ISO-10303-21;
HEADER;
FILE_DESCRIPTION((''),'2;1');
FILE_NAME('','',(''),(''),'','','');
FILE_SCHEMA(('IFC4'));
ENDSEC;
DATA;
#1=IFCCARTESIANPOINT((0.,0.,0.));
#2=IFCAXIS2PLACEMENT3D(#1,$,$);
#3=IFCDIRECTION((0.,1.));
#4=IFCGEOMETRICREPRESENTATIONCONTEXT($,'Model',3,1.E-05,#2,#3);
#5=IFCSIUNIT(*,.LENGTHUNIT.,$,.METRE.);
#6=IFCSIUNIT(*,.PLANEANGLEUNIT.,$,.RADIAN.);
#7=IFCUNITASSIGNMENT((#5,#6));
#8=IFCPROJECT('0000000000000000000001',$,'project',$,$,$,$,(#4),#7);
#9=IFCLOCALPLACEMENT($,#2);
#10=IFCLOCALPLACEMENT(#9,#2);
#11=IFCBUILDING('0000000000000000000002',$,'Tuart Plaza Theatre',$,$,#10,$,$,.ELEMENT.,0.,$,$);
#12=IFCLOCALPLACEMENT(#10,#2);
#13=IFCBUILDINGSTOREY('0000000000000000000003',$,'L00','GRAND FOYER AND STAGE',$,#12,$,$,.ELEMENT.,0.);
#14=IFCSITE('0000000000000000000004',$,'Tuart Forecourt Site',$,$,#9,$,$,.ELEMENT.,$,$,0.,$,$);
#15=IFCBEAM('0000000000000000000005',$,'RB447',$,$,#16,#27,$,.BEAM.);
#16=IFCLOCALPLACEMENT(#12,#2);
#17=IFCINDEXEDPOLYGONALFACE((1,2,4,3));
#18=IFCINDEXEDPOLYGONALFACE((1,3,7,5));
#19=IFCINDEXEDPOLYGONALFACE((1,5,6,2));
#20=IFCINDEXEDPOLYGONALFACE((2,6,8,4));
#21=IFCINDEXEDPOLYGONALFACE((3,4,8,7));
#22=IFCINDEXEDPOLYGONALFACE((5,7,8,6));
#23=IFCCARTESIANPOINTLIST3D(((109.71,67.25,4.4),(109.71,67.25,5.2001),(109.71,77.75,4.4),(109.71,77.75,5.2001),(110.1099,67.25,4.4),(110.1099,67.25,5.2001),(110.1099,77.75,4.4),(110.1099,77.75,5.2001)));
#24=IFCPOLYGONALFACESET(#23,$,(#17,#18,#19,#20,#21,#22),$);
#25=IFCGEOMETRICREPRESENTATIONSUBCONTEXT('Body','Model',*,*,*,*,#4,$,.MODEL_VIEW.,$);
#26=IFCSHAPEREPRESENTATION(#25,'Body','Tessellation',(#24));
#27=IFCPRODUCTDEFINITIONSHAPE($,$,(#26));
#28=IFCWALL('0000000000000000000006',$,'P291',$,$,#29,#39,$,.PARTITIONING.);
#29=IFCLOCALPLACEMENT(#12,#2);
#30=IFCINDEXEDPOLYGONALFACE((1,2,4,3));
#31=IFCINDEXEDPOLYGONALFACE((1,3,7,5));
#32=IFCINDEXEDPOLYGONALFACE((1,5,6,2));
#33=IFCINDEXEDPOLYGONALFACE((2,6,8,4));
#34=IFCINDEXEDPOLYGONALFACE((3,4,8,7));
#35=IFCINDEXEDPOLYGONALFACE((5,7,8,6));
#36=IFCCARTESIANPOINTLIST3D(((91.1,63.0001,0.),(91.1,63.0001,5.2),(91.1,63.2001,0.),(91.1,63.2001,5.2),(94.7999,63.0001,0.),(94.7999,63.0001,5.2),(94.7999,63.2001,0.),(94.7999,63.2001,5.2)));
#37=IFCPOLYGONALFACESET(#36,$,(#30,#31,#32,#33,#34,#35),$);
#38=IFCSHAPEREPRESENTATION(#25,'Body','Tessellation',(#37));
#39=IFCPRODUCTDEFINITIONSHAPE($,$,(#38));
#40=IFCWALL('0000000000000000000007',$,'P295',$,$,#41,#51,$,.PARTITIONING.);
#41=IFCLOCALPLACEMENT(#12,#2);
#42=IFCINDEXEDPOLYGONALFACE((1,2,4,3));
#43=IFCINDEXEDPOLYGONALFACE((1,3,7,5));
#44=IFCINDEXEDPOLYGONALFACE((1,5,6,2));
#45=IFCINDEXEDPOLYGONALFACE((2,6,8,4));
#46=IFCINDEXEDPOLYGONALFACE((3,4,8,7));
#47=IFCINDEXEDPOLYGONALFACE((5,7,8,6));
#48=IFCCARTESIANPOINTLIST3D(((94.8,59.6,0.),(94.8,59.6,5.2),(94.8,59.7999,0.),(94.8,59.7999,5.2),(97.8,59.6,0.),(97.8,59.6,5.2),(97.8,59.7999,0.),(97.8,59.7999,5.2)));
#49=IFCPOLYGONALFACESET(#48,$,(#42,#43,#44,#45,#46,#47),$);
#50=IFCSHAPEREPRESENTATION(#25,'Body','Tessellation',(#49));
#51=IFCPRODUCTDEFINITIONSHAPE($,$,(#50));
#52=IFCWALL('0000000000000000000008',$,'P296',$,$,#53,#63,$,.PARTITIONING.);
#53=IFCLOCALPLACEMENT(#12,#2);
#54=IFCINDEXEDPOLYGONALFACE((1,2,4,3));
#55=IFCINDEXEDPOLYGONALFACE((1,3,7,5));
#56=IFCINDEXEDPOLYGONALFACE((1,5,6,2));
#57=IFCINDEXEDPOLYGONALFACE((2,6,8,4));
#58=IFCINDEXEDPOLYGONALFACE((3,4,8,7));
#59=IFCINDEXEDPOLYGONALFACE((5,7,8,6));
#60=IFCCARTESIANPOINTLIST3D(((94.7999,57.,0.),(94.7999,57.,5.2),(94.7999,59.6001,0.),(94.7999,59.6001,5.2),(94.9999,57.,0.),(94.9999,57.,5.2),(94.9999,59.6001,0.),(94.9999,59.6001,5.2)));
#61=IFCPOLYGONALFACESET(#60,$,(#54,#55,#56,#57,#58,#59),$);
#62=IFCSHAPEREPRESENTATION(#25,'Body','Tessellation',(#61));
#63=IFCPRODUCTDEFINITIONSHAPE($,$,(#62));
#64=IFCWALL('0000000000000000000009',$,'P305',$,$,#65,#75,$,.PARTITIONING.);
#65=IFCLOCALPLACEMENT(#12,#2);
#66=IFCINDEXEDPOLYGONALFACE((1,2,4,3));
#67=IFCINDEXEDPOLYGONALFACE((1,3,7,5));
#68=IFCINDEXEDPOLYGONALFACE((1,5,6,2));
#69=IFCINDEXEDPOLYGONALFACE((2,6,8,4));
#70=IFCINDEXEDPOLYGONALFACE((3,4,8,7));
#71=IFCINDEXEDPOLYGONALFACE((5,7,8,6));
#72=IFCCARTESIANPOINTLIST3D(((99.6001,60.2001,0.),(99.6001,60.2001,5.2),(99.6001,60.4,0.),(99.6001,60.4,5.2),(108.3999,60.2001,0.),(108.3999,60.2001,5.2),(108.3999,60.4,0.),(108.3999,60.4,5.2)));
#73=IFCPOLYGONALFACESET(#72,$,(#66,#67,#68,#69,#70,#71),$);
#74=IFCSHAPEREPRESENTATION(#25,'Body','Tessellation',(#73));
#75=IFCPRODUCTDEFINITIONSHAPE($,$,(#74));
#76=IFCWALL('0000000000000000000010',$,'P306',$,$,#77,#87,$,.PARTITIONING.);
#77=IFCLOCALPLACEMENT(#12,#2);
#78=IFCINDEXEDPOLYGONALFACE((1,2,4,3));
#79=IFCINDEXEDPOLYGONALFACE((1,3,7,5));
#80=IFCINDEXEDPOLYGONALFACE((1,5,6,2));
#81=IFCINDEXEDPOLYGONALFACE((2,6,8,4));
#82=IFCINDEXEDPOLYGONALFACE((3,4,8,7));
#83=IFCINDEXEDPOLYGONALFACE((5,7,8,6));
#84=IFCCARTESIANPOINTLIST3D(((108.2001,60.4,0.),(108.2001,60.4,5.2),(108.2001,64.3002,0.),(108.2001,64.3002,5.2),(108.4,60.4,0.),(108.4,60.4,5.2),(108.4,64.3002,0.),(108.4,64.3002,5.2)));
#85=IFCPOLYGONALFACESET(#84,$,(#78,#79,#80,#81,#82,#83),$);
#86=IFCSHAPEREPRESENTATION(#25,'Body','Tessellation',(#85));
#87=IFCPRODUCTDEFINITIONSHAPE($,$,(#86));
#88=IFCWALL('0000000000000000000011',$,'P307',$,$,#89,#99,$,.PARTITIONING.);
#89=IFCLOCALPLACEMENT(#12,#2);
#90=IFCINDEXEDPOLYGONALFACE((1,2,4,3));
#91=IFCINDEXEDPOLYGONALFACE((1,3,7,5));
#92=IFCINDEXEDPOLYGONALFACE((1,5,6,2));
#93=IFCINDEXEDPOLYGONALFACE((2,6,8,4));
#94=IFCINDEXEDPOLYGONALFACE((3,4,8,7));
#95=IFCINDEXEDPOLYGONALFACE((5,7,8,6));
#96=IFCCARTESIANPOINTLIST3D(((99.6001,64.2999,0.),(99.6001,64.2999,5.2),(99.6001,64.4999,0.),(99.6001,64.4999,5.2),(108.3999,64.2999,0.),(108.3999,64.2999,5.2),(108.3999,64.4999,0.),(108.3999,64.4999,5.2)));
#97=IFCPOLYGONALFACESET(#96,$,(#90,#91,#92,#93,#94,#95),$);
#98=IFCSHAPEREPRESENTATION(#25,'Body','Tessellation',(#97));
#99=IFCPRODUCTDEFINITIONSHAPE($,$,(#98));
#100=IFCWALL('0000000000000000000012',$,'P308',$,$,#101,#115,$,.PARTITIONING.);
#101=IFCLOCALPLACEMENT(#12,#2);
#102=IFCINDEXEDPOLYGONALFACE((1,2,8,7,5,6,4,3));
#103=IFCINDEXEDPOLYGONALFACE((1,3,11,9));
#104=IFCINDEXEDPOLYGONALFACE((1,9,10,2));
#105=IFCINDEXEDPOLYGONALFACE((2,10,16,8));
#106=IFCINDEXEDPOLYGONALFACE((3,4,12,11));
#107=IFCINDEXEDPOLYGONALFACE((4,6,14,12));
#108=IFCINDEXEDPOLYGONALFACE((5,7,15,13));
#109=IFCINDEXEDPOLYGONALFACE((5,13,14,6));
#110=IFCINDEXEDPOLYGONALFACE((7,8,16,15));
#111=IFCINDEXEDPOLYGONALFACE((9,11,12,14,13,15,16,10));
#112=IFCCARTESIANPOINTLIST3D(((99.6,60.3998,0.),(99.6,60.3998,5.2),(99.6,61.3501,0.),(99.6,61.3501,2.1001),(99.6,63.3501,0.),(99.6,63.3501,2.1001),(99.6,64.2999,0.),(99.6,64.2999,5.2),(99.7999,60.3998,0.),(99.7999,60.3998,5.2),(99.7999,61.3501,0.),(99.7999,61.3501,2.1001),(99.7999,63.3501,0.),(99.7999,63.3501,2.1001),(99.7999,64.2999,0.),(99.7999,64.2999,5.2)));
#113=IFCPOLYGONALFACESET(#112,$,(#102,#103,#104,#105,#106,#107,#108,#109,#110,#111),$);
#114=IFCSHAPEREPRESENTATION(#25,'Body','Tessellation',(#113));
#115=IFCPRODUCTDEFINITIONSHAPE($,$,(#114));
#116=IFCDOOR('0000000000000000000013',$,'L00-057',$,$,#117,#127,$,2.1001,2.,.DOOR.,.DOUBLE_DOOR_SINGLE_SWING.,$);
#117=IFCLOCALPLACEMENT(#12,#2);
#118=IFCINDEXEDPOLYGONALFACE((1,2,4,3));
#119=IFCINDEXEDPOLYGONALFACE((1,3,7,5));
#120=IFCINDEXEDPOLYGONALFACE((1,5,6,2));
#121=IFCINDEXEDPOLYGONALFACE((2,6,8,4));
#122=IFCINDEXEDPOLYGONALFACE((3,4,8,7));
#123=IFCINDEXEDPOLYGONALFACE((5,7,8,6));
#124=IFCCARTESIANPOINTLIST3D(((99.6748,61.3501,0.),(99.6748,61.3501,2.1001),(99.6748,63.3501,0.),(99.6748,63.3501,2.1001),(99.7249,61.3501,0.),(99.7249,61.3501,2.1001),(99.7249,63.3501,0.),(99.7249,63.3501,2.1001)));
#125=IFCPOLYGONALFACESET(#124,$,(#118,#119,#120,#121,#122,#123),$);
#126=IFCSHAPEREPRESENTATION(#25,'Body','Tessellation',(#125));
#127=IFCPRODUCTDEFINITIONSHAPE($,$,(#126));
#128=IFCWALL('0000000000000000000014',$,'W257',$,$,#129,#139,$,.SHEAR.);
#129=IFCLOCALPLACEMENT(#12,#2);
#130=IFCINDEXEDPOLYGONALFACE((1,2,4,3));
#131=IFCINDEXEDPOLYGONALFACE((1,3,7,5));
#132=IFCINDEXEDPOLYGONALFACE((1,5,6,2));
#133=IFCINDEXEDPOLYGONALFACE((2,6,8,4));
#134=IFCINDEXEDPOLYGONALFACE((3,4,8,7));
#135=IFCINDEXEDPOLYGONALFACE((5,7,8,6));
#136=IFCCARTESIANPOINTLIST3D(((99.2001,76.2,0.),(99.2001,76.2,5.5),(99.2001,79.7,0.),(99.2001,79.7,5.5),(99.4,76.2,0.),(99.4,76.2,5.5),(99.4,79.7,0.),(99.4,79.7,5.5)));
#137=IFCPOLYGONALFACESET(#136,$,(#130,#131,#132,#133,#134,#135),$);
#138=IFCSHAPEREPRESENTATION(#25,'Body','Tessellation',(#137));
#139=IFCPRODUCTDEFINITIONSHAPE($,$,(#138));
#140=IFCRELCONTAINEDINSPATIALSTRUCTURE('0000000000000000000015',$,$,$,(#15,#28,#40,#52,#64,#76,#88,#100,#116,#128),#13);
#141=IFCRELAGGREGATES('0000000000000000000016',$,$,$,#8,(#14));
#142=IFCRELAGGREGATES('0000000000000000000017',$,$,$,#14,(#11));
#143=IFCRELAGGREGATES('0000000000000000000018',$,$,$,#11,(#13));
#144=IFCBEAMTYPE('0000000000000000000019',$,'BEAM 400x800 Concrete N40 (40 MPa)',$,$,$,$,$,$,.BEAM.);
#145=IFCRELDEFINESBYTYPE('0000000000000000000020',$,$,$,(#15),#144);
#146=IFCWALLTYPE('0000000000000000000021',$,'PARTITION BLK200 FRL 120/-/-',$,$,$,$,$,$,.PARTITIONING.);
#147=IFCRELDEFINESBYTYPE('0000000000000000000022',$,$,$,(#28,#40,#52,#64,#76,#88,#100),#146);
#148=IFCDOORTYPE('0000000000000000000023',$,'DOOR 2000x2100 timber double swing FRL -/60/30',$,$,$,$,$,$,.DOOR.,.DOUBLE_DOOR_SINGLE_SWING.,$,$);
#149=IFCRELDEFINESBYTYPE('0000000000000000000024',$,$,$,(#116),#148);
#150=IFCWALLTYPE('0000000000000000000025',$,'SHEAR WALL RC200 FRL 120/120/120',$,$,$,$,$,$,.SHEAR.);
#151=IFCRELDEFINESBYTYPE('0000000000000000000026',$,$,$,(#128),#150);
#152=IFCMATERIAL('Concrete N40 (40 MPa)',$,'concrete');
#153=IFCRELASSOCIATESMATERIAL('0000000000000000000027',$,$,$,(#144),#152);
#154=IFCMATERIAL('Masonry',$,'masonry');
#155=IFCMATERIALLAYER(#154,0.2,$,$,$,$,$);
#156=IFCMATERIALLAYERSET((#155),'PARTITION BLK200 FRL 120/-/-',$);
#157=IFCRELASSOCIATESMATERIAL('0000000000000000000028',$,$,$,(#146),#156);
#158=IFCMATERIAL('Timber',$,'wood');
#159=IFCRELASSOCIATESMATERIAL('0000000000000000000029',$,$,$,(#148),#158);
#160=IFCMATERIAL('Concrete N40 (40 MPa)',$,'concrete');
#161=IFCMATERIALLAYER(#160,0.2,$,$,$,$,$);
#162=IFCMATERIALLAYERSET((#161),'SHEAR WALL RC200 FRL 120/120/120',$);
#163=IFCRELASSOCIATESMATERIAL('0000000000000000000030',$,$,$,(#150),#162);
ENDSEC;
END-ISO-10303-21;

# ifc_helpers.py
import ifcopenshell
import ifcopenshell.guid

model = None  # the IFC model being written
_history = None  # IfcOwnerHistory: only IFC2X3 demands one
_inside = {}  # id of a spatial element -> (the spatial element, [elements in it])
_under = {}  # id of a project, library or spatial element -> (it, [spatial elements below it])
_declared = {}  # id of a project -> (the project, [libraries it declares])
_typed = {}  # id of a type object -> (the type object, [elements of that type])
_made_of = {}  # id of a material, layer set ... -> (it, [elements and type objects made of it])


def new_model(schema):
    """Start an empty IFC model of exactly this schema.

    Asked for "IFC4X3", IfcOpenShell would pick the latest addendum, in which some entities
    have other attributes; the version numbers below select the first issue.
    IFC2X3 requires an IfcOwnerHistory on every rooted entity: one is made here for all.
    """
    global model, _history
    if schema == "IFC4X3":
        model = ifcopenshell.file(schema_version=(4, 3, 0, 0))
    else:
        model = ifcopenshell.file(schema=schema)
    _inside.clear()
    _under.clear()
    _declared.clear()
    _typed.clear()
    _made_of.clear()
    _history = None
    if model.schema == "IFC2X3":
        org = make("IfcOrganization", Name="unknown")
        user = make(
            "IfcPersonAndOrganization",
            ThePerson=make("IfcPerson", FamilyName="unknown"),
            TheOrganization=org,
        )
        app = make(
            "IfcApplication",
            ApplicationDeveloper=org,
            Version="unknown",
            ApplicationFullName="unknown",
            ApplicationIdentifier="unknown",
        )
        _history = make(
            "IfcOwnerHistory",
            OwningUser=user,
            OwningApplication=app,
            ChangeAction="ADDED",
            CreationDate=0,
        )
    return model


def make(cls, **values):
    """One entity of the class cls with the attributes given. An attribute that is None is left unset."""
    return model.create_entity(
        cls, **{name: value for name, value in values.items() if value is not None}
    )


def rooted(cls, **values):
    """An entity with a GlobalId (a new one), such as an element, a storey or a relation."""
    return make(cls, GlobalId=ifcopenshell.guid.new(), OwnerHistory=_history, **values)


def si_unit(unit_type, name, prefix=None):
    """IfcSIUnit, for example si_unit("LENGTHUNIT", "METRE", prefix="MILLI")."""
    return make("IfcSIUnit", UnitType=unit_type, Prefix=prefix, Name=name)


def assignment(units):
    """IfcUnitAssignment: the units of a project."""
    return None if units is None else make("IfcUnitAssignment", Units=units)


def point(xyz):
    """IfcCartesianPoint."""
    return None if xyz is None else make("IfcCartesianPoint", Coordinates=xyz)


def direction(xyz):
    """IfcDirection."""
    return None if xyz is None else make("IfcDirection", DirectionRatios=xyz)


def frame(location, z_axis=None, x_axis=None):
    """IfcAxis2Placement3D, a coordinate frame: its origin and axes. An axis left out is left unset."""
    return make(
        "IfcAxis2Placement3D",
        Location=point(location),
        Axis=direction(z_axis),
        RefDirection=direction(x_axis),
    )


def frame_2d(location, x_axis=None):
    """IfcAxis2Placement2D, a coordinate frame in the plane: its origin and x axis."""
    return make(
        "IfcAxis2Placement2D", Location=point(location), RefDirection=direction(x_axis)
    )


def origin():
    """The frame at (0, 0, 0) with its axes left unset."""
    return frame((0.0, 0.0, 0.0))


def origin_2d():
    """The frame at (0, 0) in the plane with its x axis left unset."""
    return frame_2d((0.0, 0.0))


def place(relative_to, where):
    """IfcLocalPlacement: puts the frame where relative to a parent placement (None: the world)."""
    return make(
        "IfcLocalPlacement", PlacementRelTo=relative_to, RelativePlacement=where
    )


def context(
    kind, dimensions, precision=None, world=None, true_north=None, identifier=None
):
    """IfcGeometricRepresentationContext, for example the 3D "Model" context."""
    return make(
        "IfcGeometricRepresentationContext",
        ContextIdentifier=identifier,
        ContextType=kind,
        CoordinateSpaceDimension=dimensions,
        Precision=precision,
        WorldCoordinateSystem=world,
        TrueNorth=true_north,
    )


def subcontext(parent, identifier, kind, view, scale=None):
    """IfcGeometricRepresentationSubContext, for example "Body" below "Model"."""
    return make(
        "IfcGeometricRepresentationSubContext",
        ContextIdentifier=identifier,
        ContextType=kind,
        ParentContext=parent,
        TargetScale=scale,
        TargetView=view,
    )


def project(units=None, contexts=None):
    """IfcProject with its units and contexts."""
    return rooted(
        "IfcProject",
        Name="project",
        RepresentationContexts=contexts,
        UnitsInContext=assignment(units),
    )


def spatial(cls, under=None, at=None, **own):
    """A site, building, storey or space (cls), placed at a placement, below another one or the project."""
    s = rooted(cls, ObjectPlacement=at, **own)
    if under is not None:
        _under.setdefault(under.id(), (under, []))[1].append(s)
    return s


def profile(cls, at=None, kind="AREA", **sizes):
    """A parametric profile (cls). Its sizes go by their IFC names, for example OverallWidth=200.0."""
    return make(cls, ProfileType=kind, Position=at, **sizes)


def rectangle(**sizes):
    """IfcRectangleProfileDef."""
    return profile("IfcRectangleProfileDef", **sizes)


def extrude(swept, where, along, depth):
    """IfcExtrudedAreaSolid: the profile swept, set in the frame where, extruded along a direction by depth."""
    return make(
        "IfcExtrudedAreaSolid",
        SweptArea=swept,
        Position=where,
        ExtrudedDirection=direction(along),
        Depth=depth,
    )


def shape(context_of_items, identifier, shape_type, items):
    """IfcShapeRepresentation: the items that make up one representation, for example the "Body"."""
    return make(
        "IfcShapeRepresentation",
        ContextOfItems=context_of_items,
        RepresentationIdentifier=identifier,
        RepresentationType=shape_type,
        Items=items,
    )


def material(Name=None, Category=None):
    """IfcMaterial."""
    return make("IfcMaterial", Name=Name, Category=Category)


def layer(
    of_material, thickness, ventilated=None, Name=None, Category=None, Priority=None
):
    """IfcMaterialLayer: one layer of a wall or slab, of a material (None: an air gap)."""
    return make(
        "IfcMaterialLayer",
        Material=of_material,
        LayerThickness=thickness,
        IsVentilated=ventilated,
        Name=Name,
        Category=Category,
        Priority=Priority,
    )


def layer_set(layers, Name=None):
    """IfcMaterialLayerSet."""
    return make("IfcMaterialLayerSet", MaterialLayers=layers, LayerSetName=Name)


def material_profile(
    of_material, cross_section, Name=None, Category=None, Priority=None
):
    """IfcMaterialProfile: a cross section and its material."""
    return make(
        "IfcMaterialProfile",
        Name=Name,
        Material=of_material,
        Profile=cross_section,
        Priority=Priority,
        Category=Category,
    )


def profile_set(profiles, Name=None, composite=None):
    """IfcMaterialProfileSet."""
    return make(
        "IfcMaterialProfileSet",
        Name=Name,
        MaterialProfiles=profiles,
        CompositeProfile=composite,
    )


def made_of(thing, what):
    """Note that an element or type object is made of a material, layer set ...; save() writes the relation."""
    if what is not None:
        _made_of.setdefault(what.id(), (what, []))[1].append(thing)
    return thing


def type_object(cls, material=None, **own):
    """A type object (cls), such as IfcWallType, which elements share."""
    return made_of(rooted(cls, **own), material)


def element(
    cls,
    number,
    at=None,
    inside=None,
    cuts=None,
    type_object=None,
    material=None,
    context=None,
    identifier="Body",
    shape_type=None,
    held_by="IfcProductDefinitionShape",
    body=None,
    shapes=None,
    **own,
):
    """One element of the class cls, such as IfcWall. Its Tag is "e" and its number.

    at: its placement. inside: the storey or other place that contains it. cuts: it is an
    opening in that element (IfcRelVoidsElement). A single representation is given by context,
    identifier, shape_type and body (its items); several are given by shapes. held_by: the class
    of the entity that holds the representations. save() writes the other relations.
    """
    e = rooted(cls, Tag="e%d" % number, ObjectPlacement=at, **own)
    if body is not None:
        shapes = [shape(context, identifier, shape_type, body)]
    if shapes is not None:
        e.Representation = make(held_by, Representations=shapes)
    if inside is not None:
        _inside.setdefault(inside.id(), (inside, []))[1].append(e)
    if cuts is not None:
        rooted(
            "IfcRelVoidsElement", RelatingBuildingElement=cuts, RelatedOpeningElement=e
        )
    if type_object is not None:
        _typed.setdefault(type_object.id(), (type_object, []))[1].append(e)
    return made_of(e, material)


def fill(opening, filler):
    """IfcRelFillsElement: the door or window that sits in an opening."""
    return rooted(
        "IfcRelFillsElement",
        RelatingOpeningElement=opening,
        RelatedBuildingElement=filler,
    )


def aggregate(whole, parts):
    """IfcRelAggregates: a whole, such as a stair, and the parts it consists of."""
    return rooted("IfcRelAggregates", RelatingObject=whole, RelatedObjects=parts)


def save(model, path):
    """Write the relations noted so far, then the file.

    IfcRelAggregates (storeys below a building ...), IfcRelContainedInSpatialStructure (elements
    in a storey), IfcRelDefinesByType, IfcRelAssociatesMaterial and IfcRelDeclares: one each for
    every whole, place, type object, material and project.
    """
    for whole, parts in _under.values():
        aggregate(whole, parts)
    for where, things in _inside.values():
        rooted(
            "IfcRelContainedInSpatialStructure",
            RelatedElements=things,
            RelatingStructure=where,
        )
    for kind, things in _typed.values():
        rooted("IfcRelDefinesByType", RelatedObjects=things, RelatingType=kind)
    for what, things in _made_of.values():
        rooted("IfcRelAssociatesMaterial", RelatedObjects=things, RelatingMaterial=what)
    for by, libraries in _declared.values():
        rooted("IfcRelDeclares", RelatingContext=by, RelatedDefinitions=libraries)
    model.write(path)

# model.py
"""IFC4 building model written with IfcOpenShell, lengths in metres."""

from ifc_helpers import new_model, si_unit, direction, frame, frame_2d, origin, origin_2d, place, context, subcontext, project, spatial, rectangle, extrude, material, layer, layer_set, material_profile, profile_set, type_object, element, fill, save


model = new_model("IFC4")

# Units and contexts
model_context = context("Model", 3, precision=1e-05, world=origin(), true_north=direction((0.0, 1.0)))
body_context = subcontext(model_context, "Body", "Model", "MODEL_VIEW")
ifc_project = project(units=[si_unit("LENGTHUNIT", "METRE"), si_unit("PLANEANGLEUNIT", "RADIAN")], contexts=[model_context])

# Site, building, storey
site_placement = place(None, origin())
site = spatial("IfcSite", under=ifc_project, at=site_placement, Name="Tuart Forecourt Site", CompositionType="ELEMENT", RefElevation=0.0)
building_placement = place(site_placement, origin())
building = spatial("IfcBuilding", under=site, at=building_placement, Name="Tuart Plaza Theatre", CompositionType="ELEMENT", ElevationOfRefHeight=0.0)
storey_placement = place(building_placement, origin())
storey = spatial("IfcBuildingStorey", under=building, at=storey_placement, Name="L00", Description="GRAND FOYER AND STAGE", CompositionType="ELEMENT", Elevation=0.0)

# Beam
ifc_material_1 = material(Name="Concrete N40 (40 MPa)", Category="concrete")
ifc_material_profile_1 = material_profile(ifc_material_1, rectangle(XDim=0.3999, YDim=0.8, at=origin_2d()), Name="BEAM 400x800 Concrete N40 (40 MPa)")
ifc_profile_set_1 = profile_set([ifc_material_profile_1], Name="Concrete N40 (40 MPa)")
beam_type_1 = type_object("IfcBeamType", Name="BEAM 400x800 Concrete N40 (40 MPa)", PredefinedType="BEAM", material=ifc_profile_set_1)
beam_1_placement = place(storey_placement, frame((109.9099, 77.75, 4.8), z_axis=(0.0, -1.0, 0.0), x_axis=(1.0, 0.0, 0.0)))
element("IfcBeam", 1, at=beam_1_placement, inside=storey, type_object=beam_type_1, Name="RB447", PredefinedType="BEAM", context=body_context, shape_type="SweptSolid", body=[
    extrude(rectangle(XDim=0.3999, YDim=0.8, at=origin_2d()), origin(), (0.0, 0.0, 1.0), 10.5),
])

# Walls
ifc_material_2 = material(Name="Masonry", Category="masonry")
ifc_layer_1 = layer(ifc_material_2, 0.2)
ifc_layer_set_1 = layer_set([ifc_layer_1], Name="PARTITION BLK200 FRL 120/-/-")
wall_type_1 = type_object("IfcWallType", Name="PARTITION BLK200 FRL 120/-/-", PredefinedType="PARTITIONING", material=ifc_layer_set_1)
wall_1_placement = place(storey_placement, frame((94.8, 63.1001, 0.0), z_axis=(0.0, 0.0, 1.0), x_axis=(-1.0, 0.0, 0.0)))
element("IfcWall", 2, at=wall_1_placement, inside=storey, type_object=wall_type_1, Name="P291", PredefinedType="PARTITIONING", context=body_context, shape_type="SweptSolid", body=[
    extrude(rectangle(XDim=3.7, YDim=0.2, at=frame_2d((1.8501, 0.0))), origin(), (0.0, 0.0, 1.0), 5.2),
])
wall_2_placement = place(storey_placement, frame((97.8, 59.7, 0.0), z_axis=(0.0, 0.0, 1.0), x_axis=(-1.0, 0.0, 0.0)))
element("IfcWall", 3, at=wall_2_placement, inside=storey, type_object=wall_type_1, Name="P295", PredefinedType="PARTITIONING", context=body_context, shape_type="SweptSolid", body=[
    extrude(rectangle(XDim=3.0, YDim=0.2, at=frame_2d((1.5, 0.0))), origin(), (0.0, 0.0, 1.0), 5.2),
])
wall_3_placement = place(storey_placement, frame((94.8999, 59.6001, 0.0), z_axis=(0.0, 0.0, 1.0), x_axis=(0.0, -1.0, 0.0)))
element("IfcWall", 4, at=wall_3_placement, inside=storey, type_object=wall_type_1, Name="P296", PredefinedType="PARTITIONING", context=body_context, shape_type="SweptSolid", body=[
    extrude(rectangle(XDim=2.6001, YDim=0.2, at=frame_2d((1.3, 0.0))), origin(), (0.0, 0.0, 1.0), 5.2),
])
wall_4_placement = place(storey_placement, frame((99.6001, 60.3, 0.0), z_axis=(0.0, 0.0, 1.0), x_axis=(1.0, 0.0, 0.0)))
element("IfcWall", 5, at=wall_4_placement, inside=storey, type_object=wall_type_1, Name="P305", PredefinedType="PARTITIONING", context=body_context, shape_type="SweptSolid", body=[
    extrude(rectangle(XDim=8.7998, YDim=0.2, at=frame_2d((4.3999, 0.0))), origin(), (0.0, 0.0, 1.0), 5.2),
])
wall_5_placement = place(storey_placement, frame((108.3, 60.3999, 0.0), z_axis=(0.0, 0.0, 1.0), x_axis=(0.0, 1.0, 0.0)))
element("IfcWall", 6, at=wall_5_placement, inside=storey, type_object=wall_type_1, Name="P306", PredefinedType="PARTITIONING", context=body_context, shape_type="SweptSolid", body=[
    extrude(rectangle(XDim=3.9001, YDim=0.2, at=frame_2d((1.9502, 0.0))), origin(), (0.0, 0.0, 1.0), 5.2),
])
wall_6_placement = place(storey_placement, frame((108.3999, 64.3999, 0.0), z_axis=(0.0, 0.0, 1.0), x_axis=(-1.0, 0.0, 0.0)))
element("IfcWall", 7, at=wall_6_placement, inside=storey, type_object=wall_type_1, Name="P307", PredefinedType="PARTITIONING", context=body_context, shape_type="SweptSolid", body=[
    extrude(rectangle(XDim=8.7998, YDim=0.2, at=frame_2d((4.3999, 0.0))), origin(), (0.0, 0.0, 1.0), 5.2),
])

# Wall, opening, door
wall_7_placement = place(storey_placement, frame((99.7, 64.3, 0.0), z_axis=(0.0, 0.0, 1.0), x_axis=(0.0, -1.0, 0.0)))
wall_7 = element("IfcWall", 8, at=wall_7_placement, inside=storey, type_object=wall_type_1, Name="P308", PredefinedType="PARTITIONING", context=body_context, shape_type="SweptSolid", body=[
    extrude(rectangle(XDim=3.9001, YDim=0.2, at=frame_2d((1.9502, 0.0))), origin(), (0.0, 0.0, 1.0), 5.2),
])
opening_1_placement = place(wall_7_placement, frame((0.95, 0.0, 0.0)))
opening_1 = element("IfcOpeningElement", 9, at=opening_1_placement, cuts=wall_7, PredefinedType="OPENING", context=body_context, shape_type="SweptSolid", body=[
    extrude(rectangle(XDim=2.0, YDim=2.1001, at=frame_2d((1.0, 1.05))), frame((0.0, 0.1099, 0.0), z_axis=(0.0, -1.0, 0.0), x_axis=(1.0, 0.0, 0.0)), (0.0, 0.0, 1.0), 0.22),
])
ifc_material_3 = material(Name="Timber", Category="wood")
door_type_1 = type_object("IfcDoorType", Name="DOOR 2000x2100 timber double swing FRL -/60/30", OperationType="DOUBLE_DOOR_SINGLE_SWING", PredefinedType="DOOR", material=ifc_material_3)
door_1_placement = place(opening_1_placement, origin())
door_1 = element("IfcDoor", 10, at=door_1_placement, inside=storey, type_object=door_type_1, Name="L00-057", OperationType="DOUBLE_DOOR_SINGLE_SWING", OverallHeight=2.1001, OverallWidth=2.0, PredefinedType="DOOR", context=body_context, shape_type="SweptSolid", body=[
    extrude(rectangle(XDim=2.0, YDim=2.1001, at=frame_2d((1.0, 1.05))), frame((0.0, 0.0249, 0.0), z_axis=(0.0, -1.0, 0.0), x_axis=(1.0, 0.0, 0.0)), (0.0, 0.0, 1.0), 0.05),
])
fill(opening_1, door_1)

# Wall
ifc_material_4 = material(Name="Concrete N40 (40 MPa)", Category="concrete")
ifc_layer_2 = layer(ifc_material_4, 0.2)
ifc_layer_set_2 = layer_set([ifc_layer_2], Name="SHEAR WALL RC200 FRL 120/120/120")
wall_type_2 = type_object("IfcWallType", Name="SHEAR WALL RC200 FRL 120/120/120", PredefinedType="SHEAR", material=ifc_layer_set_2)
wall_8_placement = place(storey_placement, frame((99.3, 76.2, 0.0), z_axis=(0.0, 0.0, 1.0), x_axis=(0.0, 1.0, 0.0)))
element("IfcWall", 11, at=wall_8_placement, inside=storey, type_object=wall_type_2, Name="W257", PredefinedType="SHEAR", context=body_context, shape_type="SweptSolid", body=[
    extrude(rectangle(XDim=3.5, YDim=0.2, at=frame_2d((1.75, 0.0))), origin(), (0.0, 0.0, 1.0), 5.5),
])

save(model, "model.ifc")
